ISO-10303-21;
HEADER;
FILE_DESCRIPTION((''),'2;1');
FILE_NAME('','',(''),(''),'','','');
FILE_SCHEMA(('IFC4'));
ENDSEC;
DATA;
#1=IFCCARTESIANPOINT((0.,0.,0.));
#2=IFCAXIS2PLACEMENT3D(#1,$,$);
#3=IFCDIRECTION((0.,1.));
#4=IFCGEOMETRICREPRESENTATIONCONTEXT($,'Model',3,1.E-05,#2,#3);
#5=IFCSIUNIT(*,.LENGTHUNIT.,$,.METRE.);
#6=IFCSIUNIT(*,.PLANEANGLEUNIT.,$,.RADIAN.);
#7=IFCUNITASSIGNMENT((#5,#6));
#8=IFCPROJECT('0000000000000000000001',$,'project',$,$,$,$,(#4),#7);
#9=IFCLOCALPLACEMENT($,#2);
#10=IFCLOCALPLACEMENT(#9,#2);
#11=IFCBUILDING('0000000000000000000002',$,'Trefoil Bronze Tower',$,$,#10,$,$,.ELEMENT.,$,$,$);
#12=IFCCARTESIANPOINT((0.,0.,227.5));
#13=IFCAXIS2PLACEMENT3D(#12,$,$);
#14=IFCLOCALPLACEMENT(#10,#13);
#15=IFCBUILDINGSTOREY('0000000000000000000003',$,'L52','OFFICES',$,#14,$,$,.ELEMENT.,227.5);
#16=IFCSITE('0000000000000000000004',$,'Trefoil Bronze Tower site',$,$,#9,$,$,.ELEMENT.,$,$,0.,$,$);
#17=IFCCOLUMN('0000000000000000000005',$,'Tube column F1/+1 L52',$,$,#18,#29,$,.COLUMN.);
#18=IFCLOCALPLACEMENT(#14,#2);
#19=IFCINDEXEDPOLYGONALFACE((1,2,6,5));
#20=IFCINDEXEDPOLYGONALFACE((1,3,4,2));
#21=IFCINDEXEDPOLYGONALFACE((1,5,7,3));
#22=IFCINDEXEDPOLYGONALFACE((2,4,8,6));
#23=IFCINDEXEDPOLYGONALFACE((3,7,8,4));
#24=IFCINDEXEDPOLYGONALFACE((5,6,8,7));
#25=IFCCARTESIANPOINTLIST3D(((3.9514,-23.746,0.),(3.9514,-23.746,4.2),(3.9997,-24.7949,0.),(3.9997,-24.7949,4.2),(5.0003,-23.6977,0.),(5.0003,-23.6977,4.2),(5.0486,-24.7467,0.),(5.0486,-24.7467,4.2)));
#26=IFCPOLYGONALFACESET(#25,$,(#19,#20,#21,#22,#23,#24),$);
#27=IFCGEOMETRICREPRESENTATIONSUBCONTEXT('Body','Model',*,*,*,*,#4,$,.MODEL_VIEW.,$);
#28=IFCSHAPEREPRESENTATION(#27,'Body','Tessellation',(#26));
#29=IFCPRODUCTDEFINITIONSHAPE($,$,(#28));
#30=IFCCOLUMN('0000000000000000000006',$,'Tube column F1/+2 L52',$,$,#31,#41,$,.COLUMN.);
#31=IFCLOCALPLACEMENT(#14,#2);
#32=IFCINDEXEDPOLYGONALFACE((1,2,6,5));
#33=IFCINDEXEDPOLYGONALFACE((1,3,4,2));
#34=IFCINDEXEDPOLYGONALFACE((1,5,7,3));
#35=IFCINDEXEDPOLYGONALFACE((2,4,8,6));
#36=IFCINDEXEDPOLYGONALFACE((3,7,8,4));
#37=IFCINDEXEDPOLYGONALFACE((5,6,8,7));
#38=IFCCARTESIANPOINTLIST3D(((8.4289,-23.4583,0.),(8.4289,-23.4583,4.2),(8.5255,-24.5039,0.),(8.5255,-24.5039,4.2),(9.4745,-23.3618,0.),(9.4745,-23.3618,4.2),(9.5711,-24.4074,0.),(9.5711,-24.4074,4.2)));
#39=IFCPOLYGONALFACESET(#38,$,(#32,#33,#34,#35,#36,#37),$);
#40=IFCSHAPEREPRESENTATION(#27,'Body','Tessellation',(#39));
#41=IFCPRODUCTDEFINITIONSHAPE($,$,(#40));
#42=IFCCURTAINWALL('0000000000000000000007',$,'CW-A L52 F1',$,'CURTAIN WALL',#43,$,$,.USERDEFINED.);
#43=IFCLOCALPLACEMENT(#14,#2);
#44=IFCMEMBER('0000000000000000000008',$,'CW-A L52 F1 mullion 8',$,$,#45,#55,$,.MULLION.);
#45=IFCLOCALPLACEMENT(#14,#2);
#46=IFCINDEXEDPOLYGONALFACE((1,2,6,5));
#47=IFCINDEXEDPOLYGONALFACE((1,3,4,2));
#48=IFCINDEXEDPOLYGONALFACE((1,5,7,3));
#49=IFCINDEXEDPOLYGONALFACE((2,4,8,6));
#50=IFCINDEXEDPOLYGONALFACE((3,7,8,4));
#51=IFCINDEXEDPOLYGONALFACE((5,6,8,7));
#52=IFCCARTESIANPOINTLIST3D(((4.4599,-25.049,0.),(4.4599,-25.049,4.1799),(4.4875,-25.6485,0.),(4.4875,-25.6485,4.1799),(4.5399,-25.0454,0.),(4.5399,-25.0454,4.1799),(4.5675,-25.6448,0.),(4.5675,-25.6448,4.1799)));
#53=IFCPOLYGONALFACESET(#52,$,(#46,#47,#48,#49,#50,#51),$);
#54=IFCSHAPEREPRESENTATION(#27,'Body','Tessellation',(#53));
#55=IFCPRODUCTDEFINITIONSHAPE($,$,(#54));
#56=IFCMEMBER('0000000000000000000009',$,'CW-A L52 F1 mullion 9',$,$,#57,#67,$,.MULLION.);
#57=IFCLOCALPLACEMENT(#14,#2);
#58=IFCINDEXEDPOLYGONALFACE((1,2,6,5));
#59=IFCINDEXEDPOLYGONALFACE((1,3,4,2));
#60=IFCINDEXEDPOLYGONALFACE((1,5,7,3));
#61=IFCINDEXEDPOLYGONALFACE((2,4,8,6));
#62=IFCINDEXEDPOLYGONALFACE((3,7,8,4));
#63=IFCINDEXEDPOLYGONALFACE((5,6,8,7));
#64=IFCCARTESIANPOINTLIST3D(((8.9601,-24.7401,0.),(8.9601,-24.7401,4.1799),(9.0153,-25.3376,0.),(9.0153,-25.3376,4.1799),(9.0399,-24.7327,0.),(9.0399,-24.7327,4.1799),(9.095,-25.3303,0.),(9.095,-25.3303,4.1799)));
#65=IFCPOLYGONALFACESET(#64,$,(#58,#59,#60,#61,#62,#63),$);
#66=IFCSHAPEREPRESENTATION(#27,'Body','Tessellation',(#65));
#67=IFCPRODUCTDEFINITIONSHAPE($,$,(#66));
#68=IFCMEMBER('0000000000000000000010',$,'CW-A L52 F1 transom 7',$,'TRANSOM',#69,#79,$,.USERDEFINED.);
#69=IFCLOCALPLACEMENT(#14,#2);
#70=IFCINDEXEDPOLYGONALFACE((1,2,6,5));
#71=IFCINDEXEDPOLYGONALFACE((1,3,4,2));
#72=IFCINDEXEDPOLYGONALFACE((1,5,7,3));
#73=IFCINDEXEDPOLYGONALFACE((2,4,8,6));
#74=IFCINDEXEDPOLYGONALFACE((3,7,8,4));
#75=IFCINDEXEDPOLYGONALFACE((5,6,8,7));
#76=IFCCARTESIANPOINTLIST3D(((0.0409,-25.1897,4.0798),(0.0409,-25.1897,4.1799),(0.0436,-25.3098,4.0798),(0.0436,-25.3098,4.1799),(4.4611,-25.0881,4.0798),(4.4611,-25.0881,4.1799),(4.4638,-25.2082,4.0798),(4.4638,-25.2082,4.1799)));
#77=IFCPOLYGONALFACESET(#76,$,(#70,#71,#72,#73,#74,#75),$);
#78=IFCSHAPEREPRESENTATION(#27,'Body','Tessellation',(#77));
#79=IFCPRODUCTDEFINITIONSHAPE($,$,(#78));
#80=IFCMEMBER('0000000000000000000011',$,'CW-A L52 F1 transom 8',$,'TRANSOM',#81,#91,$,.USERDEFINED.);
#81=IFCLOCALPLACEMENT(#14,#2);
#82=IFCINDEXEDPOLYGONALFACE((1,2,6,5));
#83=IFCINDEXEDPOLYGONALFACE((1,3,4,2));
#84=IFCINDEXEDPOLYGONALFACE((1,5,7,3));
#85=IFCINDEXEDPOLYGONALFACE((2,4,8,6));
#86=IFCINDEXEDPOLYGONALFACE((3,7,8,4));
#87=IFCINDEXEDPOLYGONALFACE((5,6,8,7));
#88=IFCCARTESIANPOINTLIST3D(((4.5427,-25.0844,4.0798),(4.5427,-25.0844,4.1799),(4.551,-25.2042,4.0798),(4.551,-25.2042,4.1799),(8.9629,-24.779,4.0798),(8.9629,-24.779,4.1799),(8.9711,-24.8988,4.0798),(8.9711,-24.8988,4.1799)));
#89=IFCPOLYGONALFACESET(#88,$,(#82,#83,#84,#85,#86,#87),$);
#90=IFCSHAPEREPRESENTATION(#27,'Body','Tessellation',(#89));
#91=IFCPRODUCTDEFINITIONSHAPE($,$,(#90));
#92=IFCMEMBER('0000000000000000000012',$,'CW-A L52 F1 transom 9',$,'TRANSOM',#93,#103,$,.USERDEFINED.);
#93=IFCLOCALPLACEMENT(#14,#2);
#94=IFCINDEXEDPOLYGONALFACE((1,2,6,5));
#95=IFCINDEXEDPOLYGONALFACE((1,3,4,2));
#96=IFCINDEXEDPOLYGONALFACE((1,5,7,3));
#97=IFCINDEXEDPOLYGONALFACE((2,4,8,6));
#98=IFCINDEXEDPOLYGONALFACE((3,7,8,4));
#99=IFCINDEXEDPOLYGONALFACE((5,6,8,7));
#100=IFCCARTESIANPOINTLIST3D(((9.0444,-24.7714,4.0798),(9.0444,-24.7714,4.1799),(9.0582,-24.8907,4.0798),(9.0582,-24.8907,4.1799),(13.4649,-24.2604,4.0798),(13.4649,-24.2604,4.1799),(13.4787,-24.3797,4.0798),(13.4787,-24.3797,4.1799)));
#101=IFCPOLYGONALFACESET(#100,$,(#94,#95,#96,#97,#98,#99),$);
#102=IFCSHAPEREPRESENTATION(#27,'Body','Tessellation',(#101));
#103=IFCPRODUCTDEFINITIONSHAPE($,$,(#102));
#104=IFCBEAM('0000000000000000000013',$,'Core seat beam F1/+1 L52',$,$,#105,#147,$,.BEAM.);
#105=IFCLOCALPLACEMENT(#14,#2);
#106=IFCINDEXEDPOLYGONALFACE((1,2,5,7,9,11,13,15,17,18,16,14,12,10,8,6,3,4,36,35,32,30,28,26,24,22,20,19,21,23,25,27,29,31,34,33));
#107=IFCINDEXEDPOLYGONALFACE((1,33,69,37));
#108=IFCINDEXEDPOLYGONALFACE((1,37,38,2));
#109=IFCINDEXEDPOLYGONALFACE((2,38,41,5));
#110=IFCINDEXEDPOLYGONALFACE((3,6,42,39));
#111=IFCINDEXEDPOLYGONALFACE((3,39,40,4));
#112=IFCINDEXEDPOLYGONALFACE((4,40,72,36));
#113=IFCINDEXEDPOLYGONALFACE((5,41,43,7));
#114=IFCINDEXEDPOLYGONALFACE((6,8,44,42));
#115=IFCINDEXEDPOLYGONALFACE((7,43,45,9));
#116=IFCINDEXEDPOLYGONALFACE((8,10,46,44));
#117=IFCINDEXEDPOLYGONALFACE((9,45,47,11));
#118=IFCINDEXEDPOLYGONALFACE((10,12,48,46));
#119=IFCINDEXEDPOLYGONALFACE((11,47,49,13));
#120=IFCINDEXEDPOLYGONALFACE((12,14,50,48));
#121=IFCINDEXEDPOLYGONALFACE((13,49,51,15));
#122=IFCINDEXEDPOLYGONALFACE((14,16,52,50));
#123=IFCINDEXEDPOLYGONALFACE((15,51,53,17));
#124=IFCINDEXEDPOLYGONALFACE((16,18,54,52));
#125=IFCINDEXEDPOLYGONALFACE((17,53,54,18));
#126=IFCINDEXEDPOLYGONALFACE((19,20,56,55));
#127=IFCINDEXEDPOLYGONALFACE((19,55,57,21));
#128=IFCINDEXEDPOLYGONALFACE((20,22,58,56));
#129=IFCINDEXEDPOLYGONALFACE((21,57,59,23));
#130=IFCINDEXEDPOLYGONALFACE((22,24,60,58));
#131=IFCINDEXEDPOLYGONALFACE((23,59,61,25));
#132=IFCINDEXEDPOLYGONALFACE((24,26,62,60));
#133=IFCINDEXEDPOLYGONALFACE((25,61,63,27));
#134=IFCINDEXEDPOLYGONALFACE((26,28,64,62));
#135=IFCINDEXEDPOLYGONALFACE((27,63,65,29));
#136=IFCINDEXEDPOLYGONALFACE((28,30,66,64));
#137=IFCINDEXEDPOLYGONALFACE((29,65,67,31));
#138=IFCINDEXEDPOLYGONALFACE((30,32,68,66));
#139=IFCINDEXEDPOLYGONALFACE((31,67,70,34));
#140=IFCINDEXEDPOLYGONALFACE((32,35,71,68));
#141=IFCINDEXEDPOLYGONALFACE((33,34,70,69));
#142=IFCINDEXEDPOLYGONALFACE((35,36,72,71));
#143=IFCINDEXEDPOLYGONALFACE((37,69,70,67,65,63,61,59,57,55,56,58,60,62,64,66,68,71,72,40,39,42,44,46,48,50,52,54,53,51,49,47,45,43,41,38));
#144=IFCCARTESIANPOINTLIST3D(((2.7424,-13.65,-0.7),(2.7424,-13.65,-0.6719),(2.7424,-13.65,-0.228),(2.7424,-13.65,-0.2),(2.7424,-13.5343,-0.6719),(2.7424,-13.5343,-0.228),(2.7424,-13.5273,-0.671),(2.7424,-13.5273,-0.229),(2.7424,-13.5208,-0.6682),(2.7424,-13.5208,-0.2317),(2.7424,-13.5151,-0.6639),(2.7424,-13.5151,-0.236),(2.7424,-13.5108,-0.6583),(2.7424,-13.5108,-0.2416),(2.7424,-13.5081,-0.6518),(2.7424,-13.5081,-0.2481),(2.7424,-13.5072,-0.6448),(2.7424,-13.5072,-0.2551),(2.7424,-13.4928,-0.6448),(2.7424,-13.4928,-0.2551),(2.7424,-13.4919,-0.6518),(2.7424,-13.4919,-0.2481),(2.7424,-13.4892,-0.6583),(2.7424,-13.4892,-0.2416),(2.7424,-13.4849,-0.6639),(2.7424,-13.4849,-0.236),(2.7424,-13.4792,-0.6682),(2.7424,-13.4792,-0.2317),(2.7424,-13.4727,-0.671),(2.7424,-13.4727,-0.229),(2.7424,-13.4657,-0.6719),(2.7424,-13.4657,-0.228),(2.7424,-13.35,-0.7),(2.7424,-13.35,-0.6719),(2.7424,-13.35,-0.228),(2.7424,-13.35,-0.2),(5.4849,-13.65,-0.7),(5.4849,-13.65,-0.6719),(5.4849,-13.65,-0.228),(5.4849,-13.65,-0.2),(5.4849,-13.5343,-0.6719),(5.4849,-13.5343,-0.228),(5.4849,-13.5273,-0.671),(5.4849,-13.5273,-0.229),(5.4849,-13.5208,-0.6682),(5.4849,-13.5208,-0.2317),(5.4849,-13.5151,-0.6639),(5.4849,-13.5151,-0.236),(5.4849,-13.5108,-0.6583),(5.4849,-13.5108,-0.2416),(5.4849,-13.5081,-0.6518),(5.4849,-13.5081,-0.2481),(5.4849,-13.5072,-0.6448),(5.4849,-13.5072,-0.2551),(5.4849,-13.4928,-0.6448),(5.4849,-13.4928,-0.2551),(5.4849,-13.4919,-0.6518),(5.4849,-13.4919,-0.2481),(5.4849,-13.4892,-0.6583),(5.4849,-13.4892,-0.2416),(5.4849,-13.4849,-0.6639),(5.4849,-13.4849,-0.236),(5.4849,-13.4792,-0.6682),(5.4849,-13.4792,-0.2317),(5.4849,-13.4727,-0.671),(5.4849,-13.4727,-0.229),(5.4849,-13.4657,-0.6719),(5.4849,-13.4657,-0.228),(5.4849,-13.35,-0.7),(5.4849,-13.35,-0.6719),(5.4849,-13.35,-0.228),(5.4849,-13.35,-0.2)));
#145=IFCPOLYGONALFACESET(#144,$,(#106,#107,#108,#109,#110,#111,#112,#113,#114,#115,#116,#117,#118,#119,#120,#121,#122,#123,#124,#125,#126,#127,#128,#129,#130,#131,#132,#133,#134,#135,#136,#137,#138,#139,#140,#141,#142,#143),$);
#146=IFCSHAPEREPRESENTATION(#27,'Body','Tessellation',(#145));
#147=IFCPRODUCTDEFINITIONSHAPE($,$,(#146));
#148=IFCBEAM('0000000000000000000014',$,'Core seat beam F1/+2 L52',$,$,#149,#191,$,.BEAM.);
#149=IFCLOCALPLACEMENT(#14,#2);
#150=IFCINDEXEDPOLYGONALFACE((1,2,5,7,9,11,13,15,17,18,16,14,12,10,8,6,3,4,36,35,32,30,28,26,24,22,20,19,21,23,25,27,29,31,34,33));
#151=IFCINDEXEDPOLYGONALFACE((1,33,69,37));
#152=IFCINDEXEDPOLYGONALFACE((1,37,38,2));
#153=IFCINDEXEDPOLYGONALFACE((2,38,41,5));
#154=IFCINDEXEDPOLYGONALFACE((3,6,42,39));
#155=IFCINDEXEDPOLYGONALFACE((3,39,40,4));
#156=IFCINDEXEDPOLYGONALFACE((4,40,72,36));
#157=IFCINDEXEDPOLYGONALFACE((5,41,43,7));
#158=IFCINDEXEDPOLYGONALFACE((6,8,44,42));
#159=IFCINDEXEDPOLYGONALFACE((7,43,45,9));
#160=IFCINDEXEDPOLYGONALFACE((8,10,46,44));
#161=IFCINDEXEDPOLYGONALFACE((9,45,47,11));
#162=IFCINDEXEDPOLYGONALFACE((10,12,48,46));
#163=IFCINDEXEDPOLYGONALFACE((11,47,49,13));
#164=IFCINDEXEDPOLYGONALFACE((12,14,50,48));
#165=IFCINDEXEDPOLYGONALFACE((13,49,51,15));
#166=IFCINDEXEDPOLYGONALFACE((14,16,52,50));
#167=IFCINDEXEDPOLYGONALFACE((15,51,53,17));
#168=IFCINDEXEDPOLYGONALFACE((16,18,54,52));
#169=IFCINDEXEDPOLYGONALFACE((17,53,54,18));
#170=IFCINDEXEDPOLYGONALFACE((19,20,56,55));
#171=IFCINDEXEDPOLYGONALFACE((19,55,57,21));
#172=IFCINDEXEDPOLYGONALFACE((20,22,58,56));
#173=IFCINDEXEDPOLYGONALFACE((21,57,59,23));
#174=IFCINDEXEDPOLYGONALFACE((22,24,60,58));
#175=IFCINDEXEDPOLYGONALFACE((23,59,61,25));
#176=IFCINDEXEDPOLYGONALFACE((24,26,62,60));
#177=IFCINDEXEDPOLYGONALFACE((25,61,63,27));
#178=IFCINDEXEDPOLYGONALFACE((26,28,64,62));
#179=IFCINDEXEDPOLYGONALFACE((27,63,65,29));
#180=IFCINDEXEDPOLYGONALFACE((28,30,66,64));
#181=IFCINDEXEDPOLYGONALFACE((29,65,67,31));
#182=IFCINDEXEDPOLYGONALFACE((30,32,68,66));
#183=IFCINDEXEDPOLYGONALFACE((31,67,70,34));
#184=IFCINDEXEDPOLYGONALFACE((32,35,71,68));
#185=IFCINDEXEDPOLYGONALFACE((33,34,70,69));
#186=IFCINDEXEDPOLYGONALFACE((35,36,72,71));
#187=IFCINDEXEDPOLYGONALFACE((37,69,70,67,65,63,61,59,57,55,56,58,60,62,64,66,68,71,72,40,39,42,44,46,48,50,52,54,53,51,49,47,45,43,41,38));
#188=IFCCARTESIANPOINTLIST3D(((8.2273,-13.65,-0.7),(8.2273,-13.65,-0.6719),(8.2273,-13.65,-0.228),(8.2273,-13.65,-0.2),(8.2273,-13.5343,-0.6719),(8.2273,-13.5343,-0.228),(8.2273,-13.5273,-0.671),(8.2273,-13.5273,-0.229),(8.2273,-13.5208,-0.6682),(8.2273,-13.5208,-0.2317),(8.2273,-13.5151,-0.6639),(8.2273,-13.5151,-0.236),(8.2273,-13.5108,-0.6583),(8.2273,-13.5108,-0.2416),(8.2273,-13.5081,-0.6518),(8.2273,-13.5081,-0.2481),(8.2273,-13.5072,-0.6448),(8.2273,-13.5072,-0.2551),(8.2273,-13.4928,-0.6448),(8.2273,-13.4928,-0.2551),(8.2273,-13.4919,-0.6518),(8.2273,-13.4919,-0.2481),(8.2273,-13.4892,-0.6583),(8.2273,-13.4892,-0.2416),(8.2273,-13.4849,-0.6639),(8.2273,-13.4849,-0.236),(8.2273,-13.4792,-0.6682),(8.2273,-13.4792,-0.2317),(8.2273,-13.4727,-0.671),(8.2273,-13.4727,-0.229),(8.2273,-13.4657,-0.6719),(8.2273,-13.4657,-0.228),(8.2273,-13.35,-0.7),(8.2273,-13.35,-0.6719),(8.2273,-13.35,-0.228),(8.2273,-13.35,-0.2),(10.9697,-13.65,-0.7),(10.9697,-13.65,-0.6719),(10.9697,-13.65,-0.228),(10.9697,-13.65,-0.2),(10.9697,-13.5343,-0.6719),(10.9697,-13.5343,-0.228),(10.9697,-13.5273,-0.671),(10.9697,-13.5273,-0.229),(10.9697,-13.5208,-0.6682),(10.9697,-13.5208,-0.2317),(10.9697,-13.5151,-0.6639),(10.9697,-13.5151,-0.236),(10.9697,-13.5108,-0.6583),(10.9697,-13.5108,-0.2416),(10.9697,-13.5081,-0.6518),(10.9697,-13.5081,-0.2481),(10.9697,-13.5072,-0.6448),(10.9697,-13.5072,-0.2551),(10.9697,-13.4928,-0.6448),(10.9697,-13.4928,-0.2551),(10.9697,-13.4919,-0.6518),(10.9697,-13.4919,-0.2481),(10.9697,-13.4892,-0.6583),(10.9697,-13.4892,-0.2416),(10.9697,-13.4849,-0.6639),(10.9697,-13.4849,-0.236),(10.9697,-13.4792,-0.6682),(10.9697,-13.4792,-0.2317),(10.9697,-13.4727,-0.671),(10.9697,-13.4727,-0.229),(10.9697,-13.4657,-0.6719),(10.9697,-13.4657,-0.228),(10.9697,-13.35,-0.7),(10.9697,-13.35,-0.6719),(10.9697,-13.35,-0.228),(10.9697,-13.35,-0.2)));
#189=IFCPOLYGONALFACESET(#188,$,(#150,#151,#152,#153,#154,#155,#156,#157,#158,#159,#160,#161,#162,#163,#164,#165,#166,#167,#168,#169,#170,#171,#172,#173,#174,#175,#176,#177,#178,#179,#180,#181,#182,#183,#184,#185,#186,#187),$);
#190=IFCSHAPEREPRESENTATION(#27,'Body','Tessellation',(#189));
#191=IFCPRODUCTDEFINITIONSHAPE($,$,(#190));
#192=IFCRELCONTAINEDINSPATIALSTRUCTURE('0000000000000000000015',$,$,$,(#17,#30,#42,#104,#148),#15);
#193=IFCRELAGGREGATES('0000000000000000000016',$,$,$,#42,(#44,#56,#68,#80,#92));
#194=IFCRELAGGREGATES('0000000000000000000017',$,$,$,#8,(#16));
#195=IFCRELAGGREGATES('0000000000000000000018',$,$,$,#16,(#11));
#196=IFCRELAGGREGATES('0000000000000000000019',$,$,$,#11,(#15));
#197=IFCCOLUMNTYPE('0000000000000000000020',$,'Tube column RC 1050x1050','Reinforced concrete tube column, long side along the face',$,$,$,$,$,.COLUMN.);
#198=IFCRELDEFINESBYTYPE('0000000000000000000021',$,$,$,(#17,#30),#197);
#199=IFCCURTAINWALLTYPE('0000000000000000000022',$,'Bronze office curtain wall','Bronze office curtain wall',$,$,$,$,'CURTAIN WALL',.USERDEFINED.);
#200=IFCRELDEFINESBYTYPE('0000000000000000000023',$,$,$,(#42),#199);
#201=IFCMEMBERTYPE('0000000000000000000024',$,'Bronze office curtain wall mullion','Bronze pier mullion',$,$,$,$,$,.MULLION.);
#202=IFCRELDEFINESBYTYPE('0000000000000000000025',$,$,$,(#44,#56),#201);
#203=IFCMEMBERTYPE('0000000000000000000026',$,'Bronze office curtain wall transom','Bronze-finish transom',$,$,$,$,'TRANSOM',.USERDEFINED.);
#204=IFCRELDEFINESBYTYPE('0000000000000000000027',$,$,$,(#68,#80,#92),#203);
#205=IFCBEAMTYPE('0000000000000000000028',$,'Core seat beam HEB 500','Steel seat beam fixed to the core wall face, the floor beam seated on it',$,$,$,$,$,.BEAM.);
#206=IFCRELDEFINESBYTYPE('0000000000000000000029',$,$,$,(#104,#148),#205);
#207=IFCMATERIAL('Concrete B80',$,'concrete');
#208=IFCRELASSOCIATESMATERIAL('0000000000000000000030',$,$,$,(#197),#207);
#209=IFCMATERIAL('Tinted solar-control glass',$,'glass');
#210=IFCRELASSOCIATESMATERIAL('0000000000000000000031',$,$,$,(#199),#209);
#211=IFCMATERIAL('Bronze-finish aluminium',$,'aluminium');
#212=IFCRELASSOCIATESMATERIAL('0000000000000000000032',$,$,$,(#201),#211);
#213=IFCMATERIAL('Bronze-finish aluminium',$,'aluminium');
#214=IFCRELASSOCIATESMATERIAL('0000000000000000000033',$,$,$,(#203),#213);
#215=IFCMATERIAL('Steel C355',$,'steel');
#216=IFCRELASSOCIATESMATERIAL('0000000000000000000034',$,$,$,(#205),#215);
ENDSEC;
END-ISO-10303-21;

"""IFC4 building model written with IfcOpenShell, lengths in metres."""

from ifc_helpers import new_model, si_unit, direction, frame, origin, origin_2d, place, context, subcontext, project, spatial, rectangle, i_section, extrude, material, material_profile, profile_set, type_object, element, aggregate, save


model = new_model("IFC4")

# Units and contexts
model_context = context("Model", 3, precision=1e-05, world=origin(), true_north=direction((0.0, 1.0)))
body_context = subcontext(model_context, "Body", "Model", "MODEL_VIEW")
ifc_project = project(units=[si_unit("LENGTHUNIT", "METRE"), si_unit("PLANEANGLEUNIT", "RADIAN")], contexts=[model_context])

# Site, building, storey
site_placement = place(None, origin())
site = spatial("IfcSite", under=ifc_project, at=site_placement, Name="Trefoil Bronze Tower site", CompositionType="ELEMENT", RefElevation=0.0)
building_placement = place(site_placement, origin())
building = spatial("IfcBuilding", under=site, at=building_placement, Name="Trefoil Bronze Tower", CompositionType="ELEMENT")
storey_placement = place(building_placement, frame((0.0, 0.0, 227.5)))
storey = spatial("IfcBuildingStorey", under=building, at=storey_placement, Name="L52", Description="OFFICES", CompositionType="ELEMENT", Elevation=227.5)

# Columns
ifc_material_1 = material(Name="Concrete B80", Category="concrete")
ifc_material_profile_1 = material_profile(ifc_material_1, rectangle(XDim=1.05, YDim=1.05, at=origin_2d()), Name="RC 1050x1050")
ifc_profile_set_1 = profile_set([ifc_material_profile_1], Name="Concrete B80")
column_type = type_object("IfcColumnType", Name="Tube column RC 1050x1050", Description="Reinforced concrete tube column, long side along the face", PredefinedType="COLUMN", material=ifc_profile_set_1)
for number, where, z_axis, x_axis, name in (
    (1, (4.5, -24.2463, 0.0), (0.0, 0.0, 1.0), (0.998943, 0.045956, 0.0), "Tube column F1/+1 L52"),
    (2, (9.0, -23.9329, 0.0), (0.0, 0.0, 1.0), (0.995767, 0.091911, 0.0), "Tube column F1/+2 L52"),
):
    element("IfcColumn", number, at=place(storey_placement, frame(where, z_axis=z_axis, x_axis=x_axis)), inside=storey, type_object=column_type, Name=name, PredefinedType="COLUMN", context=body_context, shape_type="SweptSolid", body=[
        extrude(rectangle(XDim=1.05, YDim=1.05, at=origin_2d()), origin(), (0.0, 0.0, 1.0), 4.2),
    ])

# Curtain wall, members
ifc_material_2 = material(Name="Tinted solar-control glass", Category="glass")
curtain_wall_type = type_object("IfcCurtainWallType", Name="Bronze office curtain wall", Description="Bronze office curtain wall", ElementType="CURTAIN WALL", PredefinedType="USERDEFINED", material=ifc_material_2)
curtain_wall_placement = place(storey_placement, origin())
curtain_wall = element("IfcCurtainWall", 3, at=curtain_wall_placement, inside=storey, type_object=curtain_wall_type, Name="CW-A L52 F1", ObjectType="CURTAIN WALL", PredefinedType="USERDEFINED")
ifc_material_3 = material(Name="Bronze-finish aluminium", Category="aluminium")
ifc_material_profile_2 = material_profile(ifc_material_3, rectangle(XDim=0.6001, YDim=0.0801, at=origin_2d()), Name="CW-A mullion")
ifc_profile_set_2 = profile_set([ifc_material_profile_2], Name="Bronze-finish aluminium")
member_type_1 = type_object("IfcMemberType", Name="Bronze office curtain wall mullion", Description="Bronze pier mullion", PredefinedType="MULLION", material=ifc_profile_set_2)
member_1_placement = place(storey_placement, frame((4.5137, -25.3469, 0.0), z_axis=(0.0, 0.0, 1.0), x_axis=(-0.045956, 0.998943, 0.0)))
member_1 = element("IfcMember", 4, at=member_1_placement, type_object=member_type_1, Name="CW-A L52 F1 mullion 8", PredefinedType="MULLION", context=body_context, shape_type="SweptSolid", body=[
    extrude(rectangle(XDim=0.6001, YDim=0.0801, at=origin_2d()), origin(), (0.0, 0.0, 1.0), 4.1799),
])
member_2_placement = place(storey_placement, frame((9.0276, -25.0352, 0.0), z_axis=(0.0, 0.0, 1.0), x_axis=(-0.091911, 0.995767, 0.0)))
member_2 = element("IfcMember", 5, at=member_2_placement, type_object=member_type_1, Name="CW-A L52 F1 mullion 9", PredefinedType="MULLION", context=body_context, shape_type="SweptSolid", body=[
    extrude(rectangle(XDim=0.6001, YDim=0.0801, at=origin_2d()), origin(), (0.0, 0.0, 1.0), 4.1799),
])
ifc_material_4 = material(Name="Bronze-finish aluminium", Category="aluminium")
ifc_material_profile_3 = material_profile(ifc_material_4, rectangle(XDim=0.1201, YDim=0.1001, at=origin_2d()), Name="CW-A transom")
ifc_profile_set_3 = profile_set([ifc_material_profile_3], Name="Bronze-finish aluminium")
member_type_2 = type_object("IfcMemberType", Name="Bronze office curtain wall transom", Description="Bronze-finish transom", ElementType="TRANSOM", PredefinedType="USERDEFINED", material=ifc_profile_set_3)
member_3_placement = place(storey_placement, frame((0.0422, -25.2498, 4.1299), z_axis=(0.999736, 0.022971, 0.0), x_axis=(-0.022971, 0.999736, 0.0)))
member_3 = element("IfcMember", 6, at=member_3_placement, type_object=member_type_2, Name="CW-A L52 F1 transom 7", ObjectType="TRANSOM", PredefinedType="USERDEFINED", context=body_context, shape_type="SweptSolid", body=[
    extrude(rectangle(XDim=0.1201, YDim=0.1001, at=origin_2d()), origin(), (0.0, 0.0, 1.0), 4.4214),
])
member_4_placement = place(storey_placement, frame((4.5469, -25.1443, 4.1299), z_axis=(0.997621, 0.068933, 0.0), x_axis=(-0.068933, 0.997621, 0.0)))
member_4 = element("IfcMember", 7, at=member_4_placement, type_object=member_type_2, Name="CW-A L52 F1 transom 8", ObjectType="TRANSOM", PredefinedType="USERDEFINED", context=body_context, shape_type="SweptSolid", body=[
    extrude(rectangle(XDim=0.1201, YDim=0.1001, at=origin_2d()), origin(), (0.0, 0.0, 1.0), 4.4307),
])
member_5_placement = place(storey_placement, frame((9.0513, -24.8311, 4.1299), z_axis=(0.993385, 0.114832, 0.0), x_axis=(-0.114832, 0.993385, 0.0)))
member_5 = element("IfcMember", 8, at=member_5_placement, type_object=member_type_2, Name="CW-A L52 F1 transom 9", ObjectType="TRANSOM", PredefinedType="USERDEFINED", context=body_context, shape_type="SweptSolid", body=[
    extrude(rectangle(XDim=0.1201, YDim=0.1001, at=origin_2d()), origin(), (0.0, 0.0, 1.0), 4.45),
])

# Beams
ifc_material_5 = material(Name="Steel C355", Category="steel")
ifc_material_profile_4 = material_profile(ifc_material_5, i_section(OverallWidth=0.3, OverallDepth=0.5, WebThickness=0.0144, FlangeThickness=0.0281, FilletRadius=0.0271, at=origin_2d()), Name="HEB 500")
ifc_profile_set_4 = profile_set([ifc_material_profile_4], Name="Steel C355")
beam_type_1 = type_object("IfcBeamType", Name="Core seat beam HEB 500", Description="Steel seat beam fixed to the core wall face, the floor beam seated on it", PredefinedType="BEAM", material=ifc_profile_set_4)
for number, where, z_axis, x_axis, name in (
    (9, (2.7424, -13.5, -0.45), (1.0, 0.0, 0.0), (0.0, 1.0, 0.0), "Core seat beam F1/+1 L52"),
    (10, (8.2273, -13.5, -0.45), (1.0, 0.0, 0.0), (0.0, 1.0, 0.0), "Core seat beam F1/+2 L52"),
):
    element("IfcBeam", number, at=place(storey_placement, frame(where, z_axis=z_axis, x_axis=x_axis)), inside=storey, type_object=beam_type_1, Name=name, PredefinedType="BEAM", context=body_context, shape_type="SweptSolid", body=[
        extrude(i_section(OverallWidth=0.3, OverallDepth=0.5, WebThickness=0.0144, FlangeThickness=0.0281, FilletRadius=0.0271, at=origin_2d()), origin(), (0.0, 0.0, 1.0), 2.7424),
    ])

aggregate(curtain_wall, [member_1, member_2, member_3, member_4, member_5])

save(model, "model.ifc")
